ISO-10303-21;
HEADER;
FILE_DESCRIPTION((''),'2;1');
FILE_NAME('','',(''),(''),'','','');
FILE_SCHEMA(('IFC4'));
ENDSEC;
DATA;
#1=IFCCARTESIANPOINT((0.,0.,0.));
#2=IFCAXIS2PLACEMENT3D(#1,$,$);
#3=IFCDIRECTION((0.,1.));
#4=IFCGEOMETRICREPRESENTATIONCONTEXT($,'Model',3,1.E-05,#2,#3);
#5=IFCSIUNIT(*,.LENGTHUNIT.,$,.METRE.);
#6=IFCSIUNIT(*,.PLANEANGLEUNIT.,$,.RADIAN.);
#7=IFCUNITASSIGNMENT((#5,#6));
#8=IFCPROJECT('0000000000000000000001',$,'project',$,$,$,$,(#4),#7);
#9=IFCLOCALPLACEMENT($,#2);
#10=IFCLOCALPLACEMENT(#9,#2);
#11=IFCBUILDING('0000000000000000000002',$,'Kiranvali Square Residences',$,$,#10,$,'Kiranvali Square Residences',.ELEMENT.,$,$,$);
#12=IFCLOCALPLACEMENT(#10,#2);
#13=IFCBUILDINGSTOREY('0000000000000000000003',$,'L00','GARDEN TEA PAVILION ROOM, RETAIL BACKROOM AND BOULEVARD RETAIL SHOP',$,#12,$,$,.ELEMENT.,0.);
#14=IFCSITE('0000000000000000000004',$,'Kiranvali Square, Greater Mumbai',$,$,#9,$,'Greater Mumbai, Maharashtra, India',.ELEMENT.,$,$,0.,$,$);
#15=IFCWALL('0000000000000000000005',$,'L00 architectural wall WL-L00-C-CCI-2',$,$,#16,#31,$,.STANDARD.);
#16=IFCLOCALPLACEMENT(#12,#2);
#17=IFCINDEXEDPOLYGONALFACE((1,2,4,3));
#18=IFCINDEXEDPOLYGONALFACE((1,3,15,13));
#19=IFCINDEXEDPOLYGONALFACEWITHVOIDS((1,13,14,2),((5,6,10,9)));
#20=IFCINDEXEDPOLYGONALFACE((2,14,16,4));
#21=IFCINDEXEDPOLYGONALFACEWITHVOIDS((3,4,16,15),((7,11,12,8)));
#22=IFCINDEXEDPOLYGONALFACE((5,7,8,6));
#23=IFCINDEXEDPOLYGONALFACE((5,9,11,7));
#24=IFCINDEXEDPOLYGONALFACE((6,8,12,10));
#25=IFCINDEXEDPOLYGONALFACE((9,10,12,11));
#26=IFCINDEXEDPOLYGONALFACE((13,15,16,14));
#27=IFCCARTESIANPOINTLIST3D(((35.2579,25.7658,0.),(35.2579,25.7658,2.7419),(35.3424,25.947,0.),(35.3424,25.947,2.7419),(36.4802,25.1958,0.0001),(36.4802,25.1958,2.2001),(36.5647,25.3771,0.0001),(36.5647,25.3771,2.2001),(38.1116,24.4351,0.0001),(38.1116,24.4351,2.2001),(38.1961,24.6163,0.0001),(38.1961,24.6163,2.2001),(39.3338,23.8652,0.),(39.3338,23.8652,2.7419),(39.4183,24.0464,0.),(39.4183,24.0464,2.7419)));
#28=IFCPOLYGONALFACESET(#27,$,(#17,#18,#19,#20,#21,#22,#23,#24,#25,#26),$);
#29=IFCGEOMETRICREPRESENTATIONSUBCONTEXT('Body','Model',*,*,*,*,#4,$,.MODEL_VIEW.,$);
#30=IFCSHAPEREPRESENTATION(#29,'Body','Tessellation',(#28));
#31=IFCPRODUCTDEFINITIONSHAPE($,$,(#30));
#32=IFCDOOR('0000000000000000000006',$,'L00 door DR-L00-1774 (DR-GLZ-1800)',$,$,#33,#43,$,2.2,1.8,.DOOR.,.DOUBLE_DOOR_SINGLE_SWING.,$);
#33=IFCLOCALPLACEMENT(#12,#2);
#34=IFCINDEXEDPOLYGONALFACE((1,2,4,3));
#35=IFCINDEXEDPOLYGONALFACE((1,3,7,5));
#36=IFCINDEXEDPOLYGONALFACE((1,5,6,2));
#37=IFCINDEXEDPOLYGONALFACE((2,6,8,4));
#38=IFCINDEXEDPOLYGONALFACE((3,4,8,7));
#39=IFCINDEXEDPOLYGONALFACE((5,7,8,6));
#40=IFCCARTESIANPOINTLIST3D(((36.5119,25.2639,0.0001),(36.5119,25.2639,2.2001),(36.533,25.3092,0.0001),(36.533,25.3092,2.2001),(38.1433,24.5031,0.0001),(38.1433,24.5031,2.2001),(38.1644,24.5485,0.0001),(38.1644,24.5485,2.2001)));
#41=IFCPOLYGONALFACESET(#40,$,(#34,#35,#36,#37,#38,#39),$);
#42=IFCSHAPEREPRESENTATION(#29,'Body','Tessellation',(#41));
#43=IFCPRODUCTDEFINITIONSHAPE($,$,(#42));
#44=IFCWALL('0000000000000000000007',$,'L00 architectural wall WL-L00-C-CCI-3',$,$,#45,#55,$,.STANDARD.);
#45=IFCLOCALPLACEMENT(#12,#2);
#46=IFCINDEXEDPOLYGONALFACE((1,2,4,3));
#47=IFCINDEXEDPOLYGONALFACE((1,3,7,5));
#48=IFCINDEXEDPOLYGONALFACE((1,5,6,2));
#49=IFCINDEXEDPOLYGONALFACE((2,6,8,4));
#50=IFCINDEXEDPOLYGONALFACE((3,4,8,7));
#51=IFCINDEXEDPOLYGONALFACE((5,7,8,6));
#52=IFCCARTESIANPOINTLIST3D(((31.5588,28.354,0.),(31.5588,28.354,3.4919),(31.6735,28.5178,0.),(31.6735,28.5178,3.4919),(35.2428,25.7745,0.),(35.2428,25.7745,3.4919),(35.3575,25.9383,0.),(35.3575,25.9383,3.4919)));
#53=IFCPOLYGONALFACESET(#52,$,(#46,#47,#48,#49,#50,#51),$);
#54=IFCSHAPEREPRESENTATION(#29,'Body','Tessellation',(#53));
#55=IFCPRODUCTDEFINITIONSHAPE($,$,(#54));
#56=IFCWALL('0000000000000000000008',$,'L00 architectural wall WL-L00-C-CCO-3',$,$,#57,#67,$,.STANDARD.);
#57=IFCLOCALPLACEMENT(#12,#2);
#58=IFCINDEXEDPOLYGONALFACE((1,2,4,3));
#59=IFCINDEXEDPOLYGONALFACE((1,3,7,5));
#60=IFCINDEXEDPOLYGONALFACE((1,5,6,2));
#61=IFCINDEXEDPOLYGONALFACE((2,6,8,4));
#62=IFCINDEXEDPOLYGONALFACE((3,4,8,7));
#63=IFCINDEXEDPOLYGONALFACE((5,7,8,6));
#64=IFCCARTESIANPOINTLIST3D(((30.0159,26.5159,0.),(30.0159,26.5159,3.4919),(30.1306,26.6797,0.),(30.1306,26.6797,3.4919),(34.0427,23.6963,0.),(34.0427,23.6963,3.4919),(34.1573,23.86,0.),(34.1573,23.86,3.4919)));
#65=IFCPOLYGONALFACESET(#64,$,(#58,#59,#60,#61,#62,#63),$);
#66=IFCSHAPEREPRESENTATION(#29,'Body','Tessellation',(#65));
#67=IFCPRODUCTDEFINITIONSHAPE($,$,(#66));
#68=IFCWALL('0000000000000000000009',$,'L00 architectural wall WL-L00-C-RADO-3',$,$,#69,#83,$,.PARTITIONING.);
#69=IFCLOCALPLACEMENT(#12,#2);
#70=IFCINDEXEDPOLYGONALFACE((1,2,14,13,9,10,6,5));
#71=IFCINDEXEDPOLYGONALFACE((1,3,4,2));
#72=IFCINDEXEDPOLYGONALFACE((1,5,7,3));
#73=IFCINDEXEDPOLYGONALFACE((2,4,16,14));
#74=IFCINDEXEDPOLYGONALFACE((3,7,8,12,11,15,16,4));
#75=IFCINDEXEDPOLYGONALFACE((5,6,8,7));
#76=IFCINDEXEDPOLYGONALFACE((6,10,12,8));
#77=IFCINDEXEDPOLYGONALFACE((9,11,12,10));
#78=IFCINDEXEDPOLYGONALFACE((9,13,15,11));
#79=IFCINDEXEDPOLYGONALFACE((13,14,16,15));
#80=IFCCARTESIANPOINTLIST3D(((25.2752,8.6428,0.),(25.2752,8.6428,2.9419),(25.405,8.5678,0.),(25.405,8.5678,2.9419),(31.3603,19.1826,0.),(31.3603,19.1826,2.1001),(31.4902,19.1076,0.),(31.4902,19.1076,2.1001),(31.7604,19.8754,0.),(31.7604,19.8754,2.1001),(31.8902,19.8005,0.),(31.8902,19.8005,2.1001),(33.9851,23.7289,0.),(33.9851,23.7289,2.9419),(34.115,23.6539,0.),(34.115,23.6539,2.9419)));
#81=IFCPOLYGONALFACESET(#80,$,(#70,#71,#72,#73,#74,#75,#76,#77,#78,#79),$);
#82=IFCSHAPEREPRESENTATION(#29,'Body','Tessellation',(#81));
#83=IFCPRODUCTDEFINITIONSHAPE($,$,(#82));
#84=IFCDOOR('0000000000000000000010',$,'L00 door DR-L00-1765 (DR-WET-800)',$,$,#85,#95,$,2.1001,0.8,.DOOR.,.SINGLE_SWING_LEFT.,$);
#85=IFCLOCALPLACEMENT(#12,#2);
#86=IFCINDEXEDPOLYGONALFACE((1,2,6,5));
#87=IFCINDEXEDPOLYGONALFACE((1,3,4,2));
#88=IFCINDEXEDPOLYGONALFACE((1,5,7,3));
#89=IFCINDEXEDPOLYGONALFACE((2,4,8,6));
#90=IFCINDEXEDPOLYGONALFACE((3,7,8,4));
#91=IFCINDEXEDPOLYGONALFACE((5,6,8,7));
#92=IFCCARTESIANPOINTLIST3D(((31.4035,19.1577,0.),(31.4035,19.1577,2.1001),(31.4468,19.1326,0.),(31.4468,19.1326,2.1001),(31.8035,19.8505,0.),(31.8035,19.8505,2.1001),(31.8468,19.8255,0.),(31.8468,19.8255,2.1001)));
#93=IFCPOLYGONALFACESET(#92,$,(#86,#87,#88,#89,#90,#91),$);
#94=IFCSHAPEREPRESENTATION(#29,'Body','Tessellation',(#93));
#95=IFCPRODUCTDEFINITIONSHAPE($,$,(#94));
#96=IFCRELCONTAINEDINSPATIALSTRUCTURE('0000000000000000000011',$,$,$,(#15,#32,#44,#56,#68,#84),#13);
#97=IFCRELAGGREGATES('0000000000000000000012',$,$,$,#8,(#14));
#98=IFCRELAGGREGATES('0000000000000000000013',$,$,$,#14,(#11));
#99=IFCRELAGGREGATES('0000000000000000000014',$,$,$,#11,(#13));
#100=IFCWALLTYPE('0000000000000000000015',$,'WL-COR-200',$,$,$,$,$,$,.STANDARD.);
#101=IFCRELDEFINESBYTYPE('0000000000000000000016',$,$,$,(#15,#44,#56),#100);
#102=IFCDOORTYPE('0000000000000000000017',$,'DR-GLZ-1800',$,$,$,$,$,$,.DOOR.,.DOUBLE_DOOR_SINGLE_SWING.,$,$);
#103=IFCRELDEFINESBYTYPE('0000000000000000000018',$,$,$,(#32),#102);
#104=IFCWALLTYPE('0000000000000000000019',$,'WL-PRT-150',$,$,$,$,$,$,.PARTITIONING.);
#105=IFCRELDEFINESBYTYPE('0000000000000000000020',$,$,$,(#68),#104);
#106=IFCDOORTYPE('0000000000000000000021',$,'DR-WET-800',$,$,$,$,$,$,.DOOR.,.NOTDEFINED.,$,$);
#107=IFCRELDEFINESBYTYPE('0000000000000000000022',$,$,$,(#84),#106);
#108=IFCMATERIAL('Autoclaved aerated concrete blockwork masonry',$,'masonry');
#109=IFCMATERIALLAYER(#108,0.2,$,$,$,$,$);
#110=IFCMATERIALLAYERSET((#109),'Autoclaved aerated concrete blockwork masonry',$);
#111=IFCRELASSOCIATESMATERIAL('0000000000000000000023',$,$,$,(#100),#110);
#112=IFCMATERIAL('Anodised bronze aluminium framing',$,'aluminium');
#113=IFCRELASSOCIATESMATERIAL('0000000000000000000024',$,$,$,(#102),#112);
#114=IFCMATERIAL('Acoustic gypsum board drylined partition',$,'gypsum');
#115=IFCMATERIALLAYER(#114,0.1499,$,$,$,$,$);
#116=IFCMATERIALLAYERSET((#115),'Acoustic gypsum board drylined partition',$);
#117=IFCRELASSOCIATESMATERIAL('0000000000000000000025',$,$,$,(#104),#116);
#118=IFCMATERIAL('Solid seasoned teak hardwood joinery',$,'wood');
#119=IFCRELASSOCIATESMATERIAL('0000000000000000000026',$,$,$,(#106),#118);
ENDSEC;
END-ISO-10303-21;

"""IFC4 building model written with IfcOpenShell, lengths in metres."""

from ifc_helpers import new_model, si_unit, direction, frame, frame_2d, origin, place, context, subcontext, project, spatial, rectangle, extrude, material, layer, layer_set, type_object, element, fill, save


model = new_model("IFC4")

# Units and contexts
model_context = context("Model", 3, precision=1e-05, world=origin(), true_north=direction((0.0, 1.0)))
body_context = subcontext(model_context, "Body", "Model", "MODEL_VIEW")
ifc_project = project(units=[si_unit("LENGTHUNIT", "METRE"), si_unit("PLANEANGLEUNIT", "RADIAN")], contexts=[model_context])

# Site, building, storey
site_placement = place(None, origin())
site = spatial("IfcSite", under=ifc_project, at=site_placement, Name="Kiranvali Square, Greater Mumbai", LongName="Greater Mumbai, Maharashtra, India", CompositionType="ELEMENT", RefElevation=0.0)
building_placement = place(site_placement, origin())
building = spatial("IfcBuilding", under=site, at=building_placement, Name="Kiranvali Square Residences", LongName="Kiranvali Square Residences", CompositionType="ELEMENT")
storey_placement = place(building_placement, origin())
storey = spatial("IfcBuildingStorey", under=building, at=storey_placement, Name="L00", Description="GARDEN TEA PAVILION ROOM, RETAIL BACKROOM AND BOULEVARD RETAIL SHOP", CompositionType="ELEMENT", Elevation=0.0)

# Shared definitions
ifc_material_1 = material(Name="Anodised bronze aluminium framing", Category="aluminium")

# Wall, opening, door
ifc_material_2 = material(Name="Autoclaved aerated concrete blockwork masonry", Category="masonry")
ifc_layer_1 = layer(ifc_material_2, 0.2)
ifc_layer_set_1 = layer_set([ifc_layer_1], Name="Autoclaved aerated concrete blockwork masonry")
wall_type_1 = type_object("IfcWallType", Name="WL-COR-200", PredefinedType="STANDARD", material=ifc_layer_set_1)
wall_1_placement = place(storey_placement, frame((39.376, 23.9558, 0.0), z_axis=(0.0, 0.0, 1.0), x_axis=(-0.906308, 0.422618, 0.0)))
wall_1 = element("IfcWall", 1, at=wall_1_placement, inside=storey, type_object=wall_type_1, Name="L00 architectural wall WL-L00-C-CCI-2", PredefinedType="STANDARD", context=body_context, shape_type="SweptSolid", body=[
    extrude(rectangle(XDim=4.4973, YDim=0.2, at=frame_2d((2.2485, 0.0))), origin(), (0.0, 0.0, 1.0), 2.7419),
])
opening_1_placement = place(wall_1_placement, frame((1.3486, 0.0, 0.0)))
opening_1 = element("IfcOpeningElement", 2, at=opening_1_placement, cuts=wall_1, PredefinedType="OPENING", context=body_context, shape_type="SweptSolid", body=[
    extrude(rectangle(XDim=1.8, YDim=2.2, at=frame_2d((0.8999, 1.1001))), frame((0.0, 0.1099, 0.0), z_axis=(0.0, -1.0, 0.0), x_axis=(1.0, 0.0, 0.0)), (0.0, 0.0, 1.0), 0.22),
])
door_type_1 = type_object("IfcDoorType", Name="DR-GLZ-1800", OperationType="DOUBLE_DOOR_SINGLE_SWING", PredefinedType="DOOR", material=ifc_material_1)
door_1_placement = place(opening_1_placement, origin())
door_1 = element("IfcDoor", 3, at=door_1_placement, inside=storey, type_object=door_type_1, Name="L00 door DR-L00-1774 (DR-GLZ-1800)", OperationType="DOUBLE_DOOR_SINGLE_SWING", OverallHeight=2.2, OverallWidth=1.8, PredefinedType="DOOR", context=body_context, shape_type="SweptSolid", body=[
    extrude(rectangle(XDim=1.8, YDim=2.2, at=frame_2d((0.8999, 1.1001))), frame((0.0, 0.0249, 0.0), z_axis=(0.0, -1.0, 0.0), x_axis=(1.0, 0.0, 0.0)), (0.0, 0.0, 1.0), 0.05),
])
fill(opening_1, door_1)

# Walls
wall_2_placement = place(storey_placement, frame((35.3, 25.8564, 0.0), z_axis=(0.0, 0.0, 1.0), x_axis=(-0.819155, 0.573572, 0.0)))
element("IfcWall", 4, at=wall_2_placement, inside=storey, type_object=wall_type_1, Name="L00 architectural wall WL-L00-C-CCI-3", PredefinedType="STANDARD", context=body_context, shape_type="SweptSolid", body=[
    extrude(rectangle(XDim=4.4973, YDim=0.2, at=frame_2d((2.2485, 0.0))), origin(), (0.0, 0.0, 1.0), 3.4919),
])
wall_3_placement = place(storey_placement, frame((34.1001, 23.7781, 0.0), z_axis=(0.0, 0.0, 1.0), x_axis=(-0.819141, 0.573592, 0.0)))
element("IfcWall", 5, at=wall_3_placement, inside=storey, type_object=wall_type_1, Name="L00 architectural wall WL-L00-C-CCO-3", PredefinedType="STANDARD", context=body_context, shape_type="SweptSolid", body=[
    extrude(rectangle(XDim=4.9158, YDim=0.2, at=frame_2d((2.458, 0.0))), origin(), (0.0, 0.0, 1.0), 3.4919),
])

# Wall, opening, door
ifc_material_3 = material(Name="Acoustic gypsum board drylined partition", Category="gypsum")
ifc_layer_2 = layer(ifc_material_3, 0.1499)
ifc_layer_set_2 = layer_set([ifc_layer_2], Name="Acoustic gypsum board drylined partition")
wall_type_2 = type_object("IfcWallType", Name="WL-PRT-150", PredefinedType="PARTITIONING", material=ifc_layer_set_2)
wall_4_placement = place(storey_placement, frame((34.05, 23.6914, 0.0), z_axis=(0.0, 0.0, 1.0), x_axis=(-0.499998, -0.866027, 0.0)))
wall_4 = element("IfcWall", 6, at=wall_4_placement, inside=storey, type_object=wall_type_2, Name="L00 architectural wall WL-L00-C-RADO-3", PredefinedType="PARTITIONING", context=body_context, shape_type="SweptSolid", body=[
    extrude(rectangle(XDim=17.4199, YDim=0.1499, at=frame_2d((8.71, 0.0))), origin(), (0.0, 0.0, 1.0), 2.9419),
])
opening_2_placement = place(wall_4_placement, frame((4.4497, 0.0, 0.0)))
opening_2 = element("IfcOpeningElement", 7, at=opening_2_placement, cuts=wall_4, PredefinedType="OPENING", context=body_context, shape_type="SweptSolid", body=[
    extrude(rectangle(XDim=0.8, YDim=2.1001, at=frame_2d((0.3999, 1.05))), frame((0.0, 0.085, 0.0), z_axis=(0.0, -1.0, 0.0), x_axis=(1.0, 0.0, 0.0)), (0.0, 0.0, 1.0), 0.1699),
])
ifc_material_4 = material(Name="Solid seasoned teak hardwood joinery", Category="wood")
door_type_2 = type_object("IfcDoorType", Name="DR-WET-800", OperationType="NOTDEFINED", PredefinedType="DOOR", material=ifc_material_4)
door_2_placement = place(opening_2_placement, origin())
door_2 = element("IfcDoor", 8, at=door_2_placement, inside=storey, type_object=door_type_2, Name="L00 door DR-L00-1765 (DR-WET-800)", OperationType="SINGLE_SWING_LEFT", OverallHeight=2.1001, OverallWidth=0.8, PredefinedType="DOOR", context=body_context, shape_type="SweptSolid", body=[
    extrude(rectangle(XDim=0.8, YDim=2.1001, at=frame_2d((0.3999, 1.05))), frame((0.0, 0.0249, 0.0), z_axis=(0.0, -1.0, 0.0), x_axis=(1.0, 0.0, 0.0)), (0.0, 0.0, 1.0), 0.05),
])
fill(opening_2, door_2)

save(model, "model.ifc")
